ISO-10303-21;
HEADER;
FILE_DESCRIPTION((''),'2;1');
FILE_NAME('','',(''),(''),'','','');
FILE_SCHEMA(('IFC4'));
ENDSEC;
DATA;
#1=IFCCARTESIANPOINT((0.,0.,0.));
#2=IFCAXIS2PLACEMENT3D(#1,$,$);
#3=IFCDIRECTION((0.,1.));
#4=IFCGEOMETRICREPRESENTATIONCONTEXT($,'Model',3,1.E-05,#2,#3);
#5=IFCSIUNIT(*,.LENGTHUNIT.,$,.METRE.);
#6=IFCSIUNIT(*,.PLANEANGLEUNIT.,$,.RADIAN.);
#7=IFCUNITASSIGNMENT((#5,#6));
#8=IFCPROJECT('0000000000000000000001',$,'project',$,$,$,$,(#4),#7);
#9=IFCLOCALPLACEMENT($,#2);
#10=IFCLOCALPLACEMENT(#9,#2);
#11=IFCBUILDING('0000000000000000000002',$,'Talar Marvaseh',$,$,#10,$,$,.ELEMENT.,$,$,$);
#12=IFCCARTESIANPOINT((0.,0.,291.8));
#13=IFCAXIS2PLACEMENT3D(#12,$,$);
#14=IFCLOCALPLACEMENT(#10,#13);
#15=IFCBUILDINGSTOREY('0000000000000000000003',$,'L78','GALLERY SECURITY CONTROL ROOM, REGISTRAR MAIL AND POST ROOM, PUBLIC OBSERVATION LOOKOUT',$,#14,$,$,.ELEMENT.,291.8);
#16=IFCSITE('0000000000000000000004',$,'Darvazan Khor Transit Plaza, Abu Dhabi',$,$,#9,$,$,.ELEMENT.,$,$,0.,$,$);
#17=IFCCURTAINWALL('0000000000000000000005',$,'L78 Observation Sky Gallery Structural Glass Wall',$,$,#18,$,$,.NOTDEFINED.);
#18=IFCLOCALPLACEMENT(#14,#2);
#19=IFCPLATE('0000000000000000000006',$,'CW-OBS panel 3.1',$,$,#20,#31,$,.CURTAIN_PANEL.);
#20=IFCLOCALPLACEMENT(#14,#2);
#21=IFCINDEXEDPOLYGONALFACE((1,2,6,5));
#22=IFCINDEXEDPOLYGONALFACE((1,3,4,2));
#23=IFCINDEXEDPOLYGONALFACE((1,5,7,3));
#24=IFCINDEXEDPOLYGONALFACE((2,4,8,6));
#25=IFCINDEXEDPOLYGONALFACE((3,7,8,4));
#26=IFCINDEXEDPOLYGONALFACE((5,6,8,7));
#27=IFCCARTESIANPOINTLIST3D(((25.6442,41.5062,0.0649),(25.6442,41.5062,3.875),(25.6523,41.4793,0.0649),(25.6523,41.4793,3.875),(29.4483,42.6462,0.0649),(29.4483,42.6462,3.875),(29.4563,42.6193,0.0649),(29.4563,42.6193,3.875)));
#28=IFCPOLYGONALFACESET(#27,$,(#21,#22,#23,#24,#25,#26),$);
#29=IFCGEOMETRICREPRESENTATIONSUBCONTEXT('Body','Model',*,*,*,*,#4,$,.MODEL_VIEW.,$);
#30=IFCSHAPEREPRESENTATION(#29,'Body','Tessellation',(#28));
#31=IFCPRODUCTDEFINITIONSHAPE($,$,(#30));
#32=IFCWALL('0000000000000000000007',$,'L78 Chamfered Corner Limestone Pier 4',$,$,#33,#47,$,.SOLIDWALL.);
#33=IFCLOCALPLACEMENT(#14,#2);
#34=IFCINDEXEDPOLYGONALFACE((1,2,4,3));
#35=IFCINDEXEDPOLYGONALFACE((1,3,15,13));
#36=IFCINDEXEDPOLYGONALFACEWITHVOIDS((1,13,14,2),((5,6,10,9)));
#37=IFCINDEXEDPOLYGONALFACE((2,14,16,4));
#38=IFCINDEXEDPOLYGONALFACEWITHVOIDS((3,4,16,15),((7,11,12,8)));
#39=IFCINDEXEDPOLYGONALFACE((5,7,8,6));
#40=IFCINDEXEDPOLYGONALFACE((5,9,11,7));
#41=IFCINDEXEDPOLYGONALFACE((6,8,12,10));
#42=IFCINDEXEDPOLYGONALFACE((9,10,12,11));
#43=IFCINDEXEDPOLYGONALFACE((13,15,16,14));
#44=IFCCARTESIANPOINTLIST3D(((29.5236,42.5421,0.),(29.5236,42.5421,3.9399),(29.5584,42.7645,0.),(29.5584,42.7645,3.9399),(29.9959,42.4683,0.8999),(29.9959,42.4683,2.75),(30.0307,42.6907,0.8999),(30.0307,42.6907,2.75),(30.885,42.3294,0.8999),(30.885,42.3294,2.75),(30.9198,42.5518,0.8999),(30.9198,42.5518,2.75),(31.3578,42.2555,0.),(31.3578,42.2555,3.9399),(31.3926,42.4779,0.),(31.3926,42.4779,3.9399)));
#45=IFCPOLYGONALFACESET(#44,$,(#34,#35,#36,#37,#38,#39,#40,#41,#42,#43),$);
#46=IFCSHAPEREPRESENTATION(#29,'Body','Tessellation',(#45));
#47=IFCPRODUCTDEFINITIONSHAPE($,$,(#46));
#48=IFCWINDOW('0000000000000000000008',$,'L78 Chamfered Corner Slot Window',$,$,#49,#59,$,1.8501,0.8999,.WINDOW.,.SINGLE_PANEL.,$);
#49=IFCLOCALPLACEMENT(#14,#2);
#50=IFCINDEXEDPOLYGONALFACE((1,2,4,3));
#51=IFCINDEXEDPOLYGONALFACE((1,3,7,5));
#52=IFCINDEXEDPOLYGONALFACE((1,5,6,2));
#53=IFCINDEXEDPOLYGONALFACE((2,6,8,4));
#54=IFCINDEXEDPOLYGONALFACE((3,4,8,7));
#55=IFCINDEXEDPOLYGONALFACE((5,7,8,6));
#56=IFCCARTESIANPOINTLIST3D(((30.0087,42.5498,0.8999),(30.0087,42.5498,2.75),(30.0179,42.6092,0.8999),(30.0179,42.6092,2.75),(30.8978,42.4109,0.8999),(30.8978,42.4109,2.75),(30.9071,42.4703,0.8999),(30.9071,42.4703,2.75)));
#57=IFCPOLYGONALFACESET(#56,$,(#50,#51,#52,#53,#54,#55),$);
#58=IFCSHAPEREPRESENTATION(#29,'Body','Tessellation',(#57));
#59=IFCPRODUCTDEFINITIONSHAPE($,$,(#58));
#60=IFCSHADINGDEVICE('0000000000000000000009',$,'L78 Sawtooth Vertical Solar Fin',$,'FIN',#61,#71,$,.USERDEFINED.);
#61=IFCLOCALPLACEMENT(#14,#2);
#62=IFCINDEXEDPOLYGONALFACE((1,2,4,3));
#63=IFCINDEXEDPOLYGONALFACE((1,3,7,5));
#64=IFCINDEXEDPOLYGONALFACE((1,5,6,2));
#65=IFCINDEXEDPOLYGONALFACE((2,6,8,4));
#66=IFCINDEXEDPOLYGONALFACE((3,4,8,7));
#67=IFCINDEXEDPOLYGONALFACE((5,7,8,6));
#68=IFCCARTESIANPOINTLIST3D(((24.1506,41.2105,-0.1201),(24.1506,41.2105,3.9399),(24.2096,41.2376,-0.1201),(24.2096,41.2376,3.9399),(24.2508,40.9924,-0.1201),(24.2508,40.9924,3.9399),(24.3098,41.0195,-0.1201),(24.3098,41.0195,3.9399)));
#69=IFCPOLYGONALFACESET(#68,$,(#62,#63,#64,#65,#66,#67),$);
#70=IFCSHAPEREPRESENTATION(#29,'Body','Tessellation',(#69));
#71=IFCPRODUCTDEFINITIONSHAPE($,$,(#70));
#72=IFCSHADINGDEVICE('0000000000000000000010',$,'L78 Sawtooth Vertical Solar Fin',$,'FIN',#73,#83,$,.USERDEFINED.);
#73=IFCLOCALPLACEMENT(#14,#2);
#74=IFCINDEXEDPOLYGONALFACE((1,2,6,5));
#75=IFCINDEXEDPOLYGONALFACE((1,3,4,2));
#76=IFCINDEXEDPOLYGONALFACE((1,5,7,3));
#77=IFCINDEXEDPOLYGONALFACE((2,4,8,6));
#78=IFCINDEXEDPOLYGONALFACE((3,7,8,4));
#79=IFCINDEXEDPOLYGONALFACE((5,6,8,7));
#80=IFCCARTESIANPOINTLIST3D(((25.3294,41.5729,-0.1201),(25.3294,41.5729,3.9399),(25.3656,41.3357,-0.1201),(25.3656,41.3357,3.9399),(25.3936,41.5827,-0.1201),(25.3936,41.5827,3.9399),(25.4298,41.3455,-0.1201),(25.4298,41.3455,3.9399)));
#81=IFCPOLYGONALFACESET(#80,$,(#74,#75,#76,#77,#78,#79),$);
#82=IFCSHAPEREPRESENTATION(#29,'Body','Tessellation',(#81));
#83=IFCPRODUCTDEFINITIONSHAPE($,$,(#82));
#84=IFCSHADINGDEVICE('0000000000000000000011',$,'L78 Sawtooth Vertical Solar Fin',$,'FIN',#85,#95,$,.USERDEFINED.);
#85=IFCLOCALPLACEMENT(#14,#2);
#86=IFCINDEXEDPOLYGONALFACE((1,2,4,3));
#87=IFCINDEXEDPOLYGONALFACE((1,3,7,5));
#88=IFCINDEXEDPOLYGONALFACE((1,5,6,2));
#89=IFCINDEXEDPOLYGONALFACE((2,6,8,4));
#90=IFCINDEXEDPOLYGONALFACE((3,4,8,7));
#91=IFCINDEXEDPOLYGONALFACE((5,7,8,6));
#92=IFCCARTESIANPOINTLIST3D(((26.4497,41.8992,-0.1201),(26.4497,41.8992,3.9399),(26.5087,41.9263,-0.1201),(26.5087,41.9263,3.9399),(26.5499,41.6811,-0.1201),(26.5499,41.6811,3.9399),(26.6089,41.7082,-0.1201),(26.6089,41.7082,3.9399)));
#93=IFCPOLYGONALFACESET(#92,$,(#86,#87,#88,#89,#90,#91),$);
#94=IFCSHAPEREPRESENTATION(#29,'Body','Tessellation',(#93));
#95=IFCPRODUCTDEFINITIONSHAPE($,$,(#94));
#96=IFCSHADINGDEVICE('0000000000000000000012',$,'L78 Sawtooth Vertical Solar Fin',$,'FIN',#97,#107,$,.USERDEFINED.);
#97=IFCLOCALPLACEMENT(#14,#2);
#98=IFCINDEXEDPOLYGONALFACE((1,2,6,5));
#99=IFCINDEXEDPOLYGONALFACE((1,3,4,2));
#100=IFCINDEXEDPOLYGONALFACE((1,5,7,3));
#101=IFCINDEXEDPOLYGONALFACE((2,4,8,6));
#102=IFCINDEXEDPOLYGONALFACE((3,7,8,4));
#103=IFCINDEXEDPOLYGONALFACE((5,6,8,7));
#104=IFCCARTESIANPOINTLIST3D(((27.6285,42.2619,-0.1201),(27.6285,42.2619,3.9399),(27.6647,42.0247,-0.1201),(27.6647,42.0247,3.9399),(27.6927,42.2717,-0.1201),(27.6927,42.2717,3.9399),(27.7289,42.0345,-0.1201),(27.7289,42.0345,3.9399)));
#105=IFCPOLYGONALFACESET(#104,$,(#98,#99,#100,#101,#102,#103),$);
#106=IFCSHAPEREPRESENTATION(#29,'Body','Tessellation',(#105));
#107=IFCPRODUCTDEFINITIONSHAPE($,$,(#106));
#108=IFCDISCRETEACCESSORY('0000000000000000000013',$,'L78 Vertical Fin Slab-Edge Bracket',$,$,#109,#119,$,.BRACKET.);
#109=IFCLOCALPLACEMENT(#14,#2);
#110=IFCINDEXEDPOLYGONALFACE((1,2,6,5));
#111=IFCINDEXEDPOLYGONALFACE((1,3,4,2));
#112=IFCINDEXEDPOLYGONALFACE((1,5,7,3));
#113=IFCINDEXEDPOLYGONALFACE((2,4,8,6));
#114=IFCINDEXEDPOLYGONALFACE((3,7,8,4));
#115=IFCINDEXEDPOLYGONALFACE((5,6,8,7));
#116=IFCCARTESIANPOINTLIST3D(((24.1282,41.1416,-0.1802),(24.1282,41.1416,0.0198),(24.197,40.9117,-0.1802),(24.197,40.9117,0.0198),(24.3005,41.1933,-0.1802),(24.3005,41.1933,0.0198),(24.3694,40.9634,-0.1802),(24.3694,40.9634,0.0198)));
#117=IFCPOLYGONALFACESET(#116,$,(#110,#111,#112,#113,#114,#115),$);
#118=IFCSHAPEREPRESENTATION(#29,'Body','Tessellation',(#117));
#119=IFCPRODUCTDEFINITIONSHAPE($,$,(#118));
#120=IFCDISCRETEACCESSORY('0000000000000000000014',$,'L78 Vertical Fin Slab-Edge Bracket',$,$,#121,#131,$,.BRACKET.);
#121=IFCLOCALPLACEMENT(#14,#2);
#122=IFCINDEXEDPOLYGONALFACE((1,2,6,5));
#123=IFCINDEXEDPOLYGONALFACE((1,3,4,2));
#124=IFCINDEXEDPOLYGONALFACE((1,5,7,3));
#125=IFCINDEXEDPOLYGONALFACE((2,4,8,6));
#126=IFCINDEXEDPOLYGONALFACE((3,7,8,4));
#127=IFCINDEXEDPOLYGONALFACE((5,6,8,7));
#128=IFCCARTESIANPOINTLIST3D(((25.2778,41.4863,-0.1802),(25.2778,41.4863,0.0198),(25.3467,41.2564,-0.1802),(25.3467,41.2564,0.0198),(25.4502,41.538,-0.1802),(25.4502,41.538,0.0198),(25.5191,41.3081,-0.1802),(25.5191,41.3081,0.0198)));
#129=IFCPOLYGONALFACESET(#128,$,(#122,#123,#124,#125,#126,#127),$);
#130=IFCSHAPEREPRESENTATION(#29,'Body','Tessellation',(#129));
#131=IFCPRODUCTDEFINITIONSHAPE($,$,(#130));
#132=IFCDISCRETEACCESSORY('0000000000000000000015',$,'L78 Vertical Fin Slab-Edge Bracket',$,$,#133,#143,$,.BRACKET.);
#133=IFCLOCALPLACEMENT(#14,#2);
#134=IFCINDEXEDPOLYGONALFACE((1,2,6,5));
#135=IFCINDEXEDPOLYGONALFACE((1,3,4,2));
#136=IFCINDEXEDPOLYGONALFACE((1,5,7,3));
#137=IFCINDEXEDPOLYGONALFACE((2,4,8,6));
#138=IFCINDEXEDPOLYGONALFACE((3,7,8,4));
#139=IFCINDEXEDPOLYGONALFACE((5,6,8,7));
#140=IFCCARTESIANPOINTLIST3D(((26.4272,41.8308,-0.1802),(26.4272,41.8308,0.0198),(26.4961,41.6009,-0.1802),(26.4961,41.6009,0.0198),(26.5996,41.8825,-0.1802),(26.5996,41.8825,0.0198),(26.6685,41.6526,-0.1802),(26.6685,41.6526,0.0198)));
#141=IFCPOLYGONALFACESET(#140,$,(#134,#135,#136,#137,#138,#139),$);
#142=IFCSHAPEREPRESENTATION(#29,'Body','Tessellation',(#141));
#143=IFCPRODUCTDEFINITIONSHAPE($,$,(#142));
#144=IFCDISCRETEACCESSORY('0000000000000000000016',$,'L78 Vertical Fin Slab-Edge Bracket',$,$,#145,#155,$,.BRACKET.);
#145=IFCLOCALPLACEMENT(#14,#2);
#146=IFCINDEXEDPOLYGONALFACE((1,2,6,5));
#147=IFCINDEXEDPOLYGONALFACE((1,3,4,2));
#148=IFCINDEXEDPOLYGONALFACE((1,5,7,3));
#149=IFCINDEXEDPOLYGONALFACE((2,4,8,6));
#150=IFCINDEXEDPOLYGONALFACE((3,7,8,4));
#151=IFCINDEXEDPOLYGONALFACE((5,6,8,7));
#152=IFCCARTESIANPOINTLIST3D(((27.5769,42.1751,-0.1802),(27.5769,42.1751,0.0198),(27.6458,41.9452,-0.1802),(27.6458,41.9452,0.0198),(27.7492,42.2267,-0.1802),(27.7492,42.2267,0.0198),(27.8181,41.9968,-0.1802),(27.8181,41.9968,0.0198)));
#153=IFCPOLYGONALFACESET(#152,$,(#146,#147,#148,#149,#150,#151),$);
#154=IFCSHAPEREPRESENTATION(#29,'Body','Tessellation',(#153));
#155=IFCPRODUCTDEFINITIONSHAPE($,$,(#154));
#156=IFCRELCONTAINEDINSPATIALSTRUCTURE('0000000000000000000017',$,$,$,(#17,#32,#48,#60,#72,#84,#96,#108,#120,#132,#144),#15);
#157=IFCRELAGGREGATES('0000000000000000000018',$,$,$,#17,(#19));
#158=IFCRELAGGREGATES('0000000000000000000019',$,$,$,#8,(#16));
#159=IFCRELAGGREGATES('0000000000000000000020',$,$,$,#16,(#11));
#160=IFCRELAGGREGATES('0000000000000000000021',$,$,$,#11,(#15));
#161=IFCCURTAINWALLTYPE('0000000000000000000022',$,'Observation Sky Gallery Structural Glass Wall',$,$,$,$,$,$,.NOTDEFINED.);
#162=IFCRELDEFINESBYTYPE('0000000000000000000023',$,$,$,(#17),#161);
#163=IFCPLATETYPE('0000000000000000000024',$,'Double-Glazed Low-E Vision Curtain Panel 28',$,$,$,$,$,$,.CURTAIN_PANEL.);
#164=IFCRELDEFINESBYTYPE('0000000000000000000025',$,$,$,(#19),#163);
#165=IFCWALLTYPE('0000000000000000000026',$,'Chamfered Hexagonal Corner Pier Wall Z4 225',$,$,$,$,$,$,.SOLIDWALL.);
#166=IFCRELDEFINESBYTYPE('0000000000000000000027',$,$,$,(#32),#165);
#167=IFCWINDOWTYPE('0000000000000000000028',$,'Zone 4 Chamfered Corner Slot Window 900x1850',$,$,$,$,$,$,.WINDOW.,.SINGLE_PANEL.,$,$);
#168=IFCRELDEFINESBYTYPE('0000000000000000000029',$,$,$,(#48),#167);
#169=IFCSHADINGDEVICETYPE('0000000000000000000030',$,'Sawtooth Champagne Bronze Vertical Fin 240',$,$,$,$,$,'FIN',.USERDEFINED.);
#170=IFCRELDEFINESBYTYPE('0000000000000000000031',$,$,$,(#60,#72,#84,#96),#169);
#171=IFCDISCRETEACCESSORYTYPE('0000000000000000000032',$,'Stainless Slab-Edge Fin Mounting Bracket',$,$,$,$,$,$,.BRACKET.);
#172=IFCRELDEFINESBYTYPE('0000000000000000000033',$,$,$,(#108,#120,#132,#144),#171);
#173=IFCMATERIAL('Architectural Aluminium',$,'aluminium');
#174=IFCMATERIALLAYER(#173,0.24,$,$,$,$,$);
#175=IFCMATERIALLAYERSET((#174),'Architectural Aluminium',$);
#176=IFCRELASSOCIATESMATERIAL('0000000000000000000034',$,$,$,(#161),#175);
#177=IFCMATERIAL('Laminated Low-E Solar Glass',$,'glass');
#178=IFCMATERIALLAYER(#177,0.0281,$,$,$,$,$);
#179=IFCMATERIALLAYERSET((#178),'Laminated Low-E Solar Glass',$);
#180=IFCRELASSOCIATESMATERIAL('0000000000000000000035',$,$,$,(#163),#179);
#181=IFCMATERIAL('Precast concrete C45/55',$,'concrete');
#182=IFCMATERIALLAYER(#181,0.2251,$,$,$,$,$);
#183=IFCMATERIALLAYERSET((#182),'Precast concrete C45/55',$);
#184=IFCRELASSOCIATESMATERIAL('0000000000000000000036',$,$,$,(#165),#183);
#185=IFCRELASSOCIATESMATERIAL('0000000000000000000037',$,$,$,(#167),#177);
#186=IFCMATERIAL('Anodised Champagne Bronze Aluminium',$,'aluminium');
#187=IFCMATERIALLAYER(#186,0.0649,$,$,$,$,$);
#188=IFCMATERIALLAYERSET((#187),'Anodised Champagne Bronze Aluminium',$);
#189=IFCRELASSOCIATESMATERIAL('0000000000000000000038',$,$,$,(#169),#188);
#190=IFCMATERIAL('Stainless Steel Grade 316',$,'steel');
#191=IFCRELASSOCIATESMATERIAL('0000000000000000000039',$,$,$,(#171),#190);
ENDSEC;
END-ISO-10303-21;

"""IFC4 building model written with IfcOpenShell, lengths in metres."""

from ifc_helpers import new_model, si_unit, direction, frame, frame_2d, origin, origin_2d, place, context, subcontext, project, spatial, rectangle, extrude, source, transform, mapped, material, layer, layer_set, type_object, type_shapes, element, fill, aggregate, save


model = new_model("IFC4")

# Units and contexts
model_context = context("Model", 3, precision=1e-05, world=origin(), true_north=direction((0.0, 1.0)))
body_context = subcontext(model_context, "Body", "Model", "MODEL_VIEW")
ifc_project = project(units=[si_unit("LENGTHUNIT", "METRE"), si_unit("PLANEANGLEUNIT", "RADIAN")], contexts=[model_context])

# Site, building, storey
site_placement = place(None, origin())
site = spatial("IfcSite", under=ifc_project, at=site_placement, Name="Darvazan Khor Transit Plaza, Abu Dhabi", CompositionType="ELEMENT", RefElevation=0.0)
building_placement = place(site_placement, origin())
building = spatial("IfcBuilding", under=site, at=building_placement, Name="Talar Marvaseh", CompositionType="ELEMENT")
storey_placement = place(building_placement, frame((0.0, 0.0, 291.8)))
storey = spatial("IfcBuildingStorey", under=building, at=storey_placement, Name="L78", Description="GALLERY SECURITY CONTROL ROOM, REGISTRAR MAIL AND POST ROOM, PUBLIC OBSERVATION LOOKOUT", CompositionType="ELEMENT", Elevation=291.8)

# Curtain wall
ifc_material_1 = material(Name="Architectural Aluminium", Category="aluminium")
ifc_layer_1 = layer(ifc_material_1, 0.24)
ifc_layer_set_1 = layer_set([ifc_layer_1], Name="Architectural Aluminium")
curtain_wall_type = type_object("IfcCurtainWallType", Name="Observation Sky Gallery Structural Glass Wall", PredefinedType="NOTDEFINED", material=ifc_layer_set_1)
curtain_wall_1_placement = place(storey_placement, origin())
curtain_wall_1 = element("IfcCurtainWall", 1, at=curtain_wall_1_placement, inside=storey, type_object=curtain_wall_type, Name="L78 Observation Sky Gallery Structural Glass Wall", PredefinedType="NOTDEFINED")

# Plate
ifc_material_2 = material(Name="Laminated Low-E Solar Glass", Category="glass")
ifc_layer_2 = layer(ifc_material_2, 0.0281)
ifc_layer_set_2 = layer_set([ifc_layer_2], Name="Laminated Low-E Solar Glass")
plate_type = type_object("IfcPlateType", Name="Double-Glazed Low-E Vision Curtain Panel 28", PredefinedType="CURTAIN_PANEL", material=ifc_layer_set_2)
shared_shape_1 = source(origin(), body_context, "Body", "SweptSolid", [
    extrude(rectangle(XDim=3.9712, YDim=0.0281, at=origin_2d()), origin(), (0.0, 0.0, 1.0), 3.8101),
])
type_shapes(plate_type, [shared_shape_1])
plate_placement = place(storey_placement, frame((27.5503, 42.0627, 0.0649), z_axis=(0.0, 0.0, 1.0), x_axis=(0.957912, 0.287063, 0.0)))
plate = element("IfcPlate", 2, at=plate_placement, type_object=plate_type, Name="CW-OBS panel 3.1", PredefinedType="CURTAIN_PANEL", context=body_context, shape_type="MappedRepresentation", body=[
    mapped(shared_shape_1, transform((0.0, 0.0, 0.0), x_axis=(1.0, 0.0, 0.0), y_axis=(0.0, 1.0, 0.0), z_axis=(0.0, 0.0, 1.0), scale=1.0)),
])
aggregate(curtain_wall_1, [plate])

# Wall, opening, window
ifc_material_3 = material(Name="Precast concrete C45/55", Category="concrete")
ifc_layer_3 = layer(ifc_material_3, 0.2251)
ifc_layer_set_3 = layer_set([ifc_layer_3], Name="Precast concrete C45/55")
wall_type = type_object("IfcWallType", Name="Chamfered Hexagonal Corner Pier Wall Z4 225", PredefinedType="SOLIDWALL", material=ifc_layer_set_3)
wall_placement = place(storey_placement, frame((29.541, 42.6533, 0.0), z_axis=(0.0, 0.0, 1.0), x_axis=(0.98801, -0.154389, 0.0)))
wall = element("IfcWall", 3, at=wall_placement, inside=storey, type_object=wall_type, Name="L78 Chamfered Corner Limestone Pier 4", PredefinedType="SOLIDWALL", context=body_context, shape_type="SweptSolid", body=[
    extrude(rectangle(XDim=1.8564, YDim=0.2251, at=frame_2d((0.9282, 0.0))), origin(), (0.0, 0.0, 1.0), 3.9399),
])
opening_placement = place(wall_placement, frame((0.478, 0.0, 0.8999)))
opening = element("IfcOpeningElement", 4, at=opening_placement, cuts=wall, PredefinedType="OPENING", context=body_context, shape_type="SweptSolid", body=[
    extrude(rectangle(XDim=0.8999, YDim=1.8501, at=frame_2d((0.45, 0.925))), frame((0.0, 0.1226, 0.0), z_axis=(0.0, -1.0, 0.0), x_axis=(1.0, 0.0, 0.0)), (0.0, 0.0, 1.0), 0.2451),
])
window_type = type_object("IfcWindowType", Name="Zone 4 Chamfered Corner Slot Window 900x1850", PartitioningType="SINGLE_PANEL", PredefinedType="WINDOW", material=ifc_material_2)
shared_shape_2 = source(origin(), body_context, "Body", "SweptSolid", [
    extrude(rectangle(XDim=0.8999, YDim=1.8501, at=frame_2d((0.45, 0.925))), frame((0.0, 0.03, 0.0), z_axis=(0.0, -1.0, 0.0), x_axis=(1.0, 0.0, 0.0)), (0.0, 0.0, 1.0), 0.0601),
])
type_shapes(window_type, [shared_shape_2])
window_placement = place(opening_placement, origin())
window = element("IfcWindow", 5, at=window_placement, inside=storey, type_object=window_type, Name="L78 Chamfered Corner Slot Window", OverallHeight=1.8501, OverallWidth=0.8999, PartitioningType="SINGLE_PANEL", PredefinedType="WINDOW", context=body_context, shape_type="MappedRepresentation", body=[
    mapped(shared_shape_2, transform((0.0, 0.0, 0.0), x_axis=(1.0, 0.0, 0.0), y_axis=(0.0, 1.0, 0.0), z_axis=(0.0, 0.0, 1.0), scale=1.0)),
])
fill(opening, window)

# Shading devices
ifc_material_4 = material(Name="Anodised Champagne Bronze Aluminium", Category="aluminium")
ifc_layer_4 = layer(ifc_material_4, 0.0649)
ifc_layer_set_4 = layer_set([ifc_layer_4], Name="Anodised Champagne Bronze Aluminium")
shading_device_type = type_object("IfcShadingDeviceType", Name="Sawtooth Champagne Bronze Vertical Fin 240", ElementType="FIN", PredefinedType="USERDEFINED", material=ifc_layer_set_4)
shared_shape_3 = source(origin(), body_context, "Body", "SweptSolid", [
    extrude(rectangle(XDim=0.24, YDim=0.0649, at=origin_2d()), origin(), (0.0, 0.0, 1.0), 4.0601),
])
type_shapes(shading_device_type, [shared_shape_3])
for number, where, z_axis, x_axis, name in (
    (6, (24.2302, 41.115, -0.1201), (0.0, 0.0, 1.0), (-0.41755, 0.908654, 0.0), "L78 Sawtooth Vertical Solar Fin"),
    (7, (25.3796, 41.4592, -0.1201), (0.0, 0.0, 1.0), (-0.150916, 0.988547, 0.0), "L78 Sawtooth Vertical Solar Fin"),
    (8, (26.5293, 41.8037, -0.1201), (0.0, 0.0, 1.0), (-0.41755, 0.908654, 0.0), "L78 Sawtooth Vertical Solar Fin"),
    (9, (27.6787, 42.1482, -0.1201), (0.0, 0.0, 1.0), (-0.150916, 0.988547, 0.0), "L78 Sawtooth Vertical Solar Fin"),
):
    element("IfcShadingDevice", number, at=place(storey_placement, frame(where, z_axis=z_axis, x_axis=x_axis)), inside=storey, type_object=shading_device_type, Name=name, ObjectType="FIN", PredefinedType="USERDEFINED", context=body_context, shape_type="MappedRepresentation", body=[
        mapped(shared_shape_3, transform((0.0, 0.0, 0.0), x_axis=(1.0, 0.0, 0.0), y_axis=(0.0, 1.0, 0.0), z_axis=(0.0, 0.0, 1.0), scale=1.0)),
    ])

# Discrete accessories
ifc_material_5 = material(Name="Stainless Steel Grade 316", Category="steel")
discrete_accessory_type = type_object("IfcDiscreteAccessoryType", Name="Stainless Slab-Edge Fin Mounting Bracket", PredefinedType="BRACKET", material=ifc_material_5)
shared_shape_4 = source(origin(), body_context, "Body", "SweptSolid", [
    extrude(rectangle(XDim=0.24, YDim=0.1799, at=origin_2d()), origin(), (0.0, 0.0, 1.0), 0.2),
])
type_shapes(discrete_accessory_type, [shared_shape_4])
for number, where, z_axis, x_axis, name in (
    (10, (24.2488, 41.0525, -0.1802), (0.0, 0.0, 1.0), (-0.287026, 0.957923, 0.0), "L78 Vertical Fin Slab-Edge Bracket"),
    (11, (25.3984, 41.3972, -0.1802), (0.0, 0.0, 1.0), (-0.287026, 0.957923, 0.0), "L78 Vertical Fin Slab-Edge Bracket"),
    (12, (26.5479, 41.7417, -0.1802), (0.0, 0.0, 1.0), (-0.287026, 0.957923, 0.0), "L78 Vertical Fin Slab-Edge Bracket"),
    (13, (27.6975, 42.0859, -0.1802), (0.0, 0.0, 1.0), (-0.287026, 0.957923, 0.0), "L78 Vertical Fin Slab-Edge Bracket"),
):
    element("IfcDiscreteAccessory", number, at=place(storey_placement, frame(where, z_axis=z_axis, x_axis=x_axis)), inside=storey, type_object=discrete_accessory_type, Name=name, PredefinedType="BRACKET", context=body_context, shape_type="MappedRepresentation", body=[
        mapped(shared_shape_4, transform((0.0, 0.0, 0.0), x_axis=(1.0, 0.0, 0.0), y_axis=(0.0, 1.0, 0.0), z_axis=(0.0, 0.0, 1.0), scale=1.0)),
    ])

save(model, "model.ifc")
